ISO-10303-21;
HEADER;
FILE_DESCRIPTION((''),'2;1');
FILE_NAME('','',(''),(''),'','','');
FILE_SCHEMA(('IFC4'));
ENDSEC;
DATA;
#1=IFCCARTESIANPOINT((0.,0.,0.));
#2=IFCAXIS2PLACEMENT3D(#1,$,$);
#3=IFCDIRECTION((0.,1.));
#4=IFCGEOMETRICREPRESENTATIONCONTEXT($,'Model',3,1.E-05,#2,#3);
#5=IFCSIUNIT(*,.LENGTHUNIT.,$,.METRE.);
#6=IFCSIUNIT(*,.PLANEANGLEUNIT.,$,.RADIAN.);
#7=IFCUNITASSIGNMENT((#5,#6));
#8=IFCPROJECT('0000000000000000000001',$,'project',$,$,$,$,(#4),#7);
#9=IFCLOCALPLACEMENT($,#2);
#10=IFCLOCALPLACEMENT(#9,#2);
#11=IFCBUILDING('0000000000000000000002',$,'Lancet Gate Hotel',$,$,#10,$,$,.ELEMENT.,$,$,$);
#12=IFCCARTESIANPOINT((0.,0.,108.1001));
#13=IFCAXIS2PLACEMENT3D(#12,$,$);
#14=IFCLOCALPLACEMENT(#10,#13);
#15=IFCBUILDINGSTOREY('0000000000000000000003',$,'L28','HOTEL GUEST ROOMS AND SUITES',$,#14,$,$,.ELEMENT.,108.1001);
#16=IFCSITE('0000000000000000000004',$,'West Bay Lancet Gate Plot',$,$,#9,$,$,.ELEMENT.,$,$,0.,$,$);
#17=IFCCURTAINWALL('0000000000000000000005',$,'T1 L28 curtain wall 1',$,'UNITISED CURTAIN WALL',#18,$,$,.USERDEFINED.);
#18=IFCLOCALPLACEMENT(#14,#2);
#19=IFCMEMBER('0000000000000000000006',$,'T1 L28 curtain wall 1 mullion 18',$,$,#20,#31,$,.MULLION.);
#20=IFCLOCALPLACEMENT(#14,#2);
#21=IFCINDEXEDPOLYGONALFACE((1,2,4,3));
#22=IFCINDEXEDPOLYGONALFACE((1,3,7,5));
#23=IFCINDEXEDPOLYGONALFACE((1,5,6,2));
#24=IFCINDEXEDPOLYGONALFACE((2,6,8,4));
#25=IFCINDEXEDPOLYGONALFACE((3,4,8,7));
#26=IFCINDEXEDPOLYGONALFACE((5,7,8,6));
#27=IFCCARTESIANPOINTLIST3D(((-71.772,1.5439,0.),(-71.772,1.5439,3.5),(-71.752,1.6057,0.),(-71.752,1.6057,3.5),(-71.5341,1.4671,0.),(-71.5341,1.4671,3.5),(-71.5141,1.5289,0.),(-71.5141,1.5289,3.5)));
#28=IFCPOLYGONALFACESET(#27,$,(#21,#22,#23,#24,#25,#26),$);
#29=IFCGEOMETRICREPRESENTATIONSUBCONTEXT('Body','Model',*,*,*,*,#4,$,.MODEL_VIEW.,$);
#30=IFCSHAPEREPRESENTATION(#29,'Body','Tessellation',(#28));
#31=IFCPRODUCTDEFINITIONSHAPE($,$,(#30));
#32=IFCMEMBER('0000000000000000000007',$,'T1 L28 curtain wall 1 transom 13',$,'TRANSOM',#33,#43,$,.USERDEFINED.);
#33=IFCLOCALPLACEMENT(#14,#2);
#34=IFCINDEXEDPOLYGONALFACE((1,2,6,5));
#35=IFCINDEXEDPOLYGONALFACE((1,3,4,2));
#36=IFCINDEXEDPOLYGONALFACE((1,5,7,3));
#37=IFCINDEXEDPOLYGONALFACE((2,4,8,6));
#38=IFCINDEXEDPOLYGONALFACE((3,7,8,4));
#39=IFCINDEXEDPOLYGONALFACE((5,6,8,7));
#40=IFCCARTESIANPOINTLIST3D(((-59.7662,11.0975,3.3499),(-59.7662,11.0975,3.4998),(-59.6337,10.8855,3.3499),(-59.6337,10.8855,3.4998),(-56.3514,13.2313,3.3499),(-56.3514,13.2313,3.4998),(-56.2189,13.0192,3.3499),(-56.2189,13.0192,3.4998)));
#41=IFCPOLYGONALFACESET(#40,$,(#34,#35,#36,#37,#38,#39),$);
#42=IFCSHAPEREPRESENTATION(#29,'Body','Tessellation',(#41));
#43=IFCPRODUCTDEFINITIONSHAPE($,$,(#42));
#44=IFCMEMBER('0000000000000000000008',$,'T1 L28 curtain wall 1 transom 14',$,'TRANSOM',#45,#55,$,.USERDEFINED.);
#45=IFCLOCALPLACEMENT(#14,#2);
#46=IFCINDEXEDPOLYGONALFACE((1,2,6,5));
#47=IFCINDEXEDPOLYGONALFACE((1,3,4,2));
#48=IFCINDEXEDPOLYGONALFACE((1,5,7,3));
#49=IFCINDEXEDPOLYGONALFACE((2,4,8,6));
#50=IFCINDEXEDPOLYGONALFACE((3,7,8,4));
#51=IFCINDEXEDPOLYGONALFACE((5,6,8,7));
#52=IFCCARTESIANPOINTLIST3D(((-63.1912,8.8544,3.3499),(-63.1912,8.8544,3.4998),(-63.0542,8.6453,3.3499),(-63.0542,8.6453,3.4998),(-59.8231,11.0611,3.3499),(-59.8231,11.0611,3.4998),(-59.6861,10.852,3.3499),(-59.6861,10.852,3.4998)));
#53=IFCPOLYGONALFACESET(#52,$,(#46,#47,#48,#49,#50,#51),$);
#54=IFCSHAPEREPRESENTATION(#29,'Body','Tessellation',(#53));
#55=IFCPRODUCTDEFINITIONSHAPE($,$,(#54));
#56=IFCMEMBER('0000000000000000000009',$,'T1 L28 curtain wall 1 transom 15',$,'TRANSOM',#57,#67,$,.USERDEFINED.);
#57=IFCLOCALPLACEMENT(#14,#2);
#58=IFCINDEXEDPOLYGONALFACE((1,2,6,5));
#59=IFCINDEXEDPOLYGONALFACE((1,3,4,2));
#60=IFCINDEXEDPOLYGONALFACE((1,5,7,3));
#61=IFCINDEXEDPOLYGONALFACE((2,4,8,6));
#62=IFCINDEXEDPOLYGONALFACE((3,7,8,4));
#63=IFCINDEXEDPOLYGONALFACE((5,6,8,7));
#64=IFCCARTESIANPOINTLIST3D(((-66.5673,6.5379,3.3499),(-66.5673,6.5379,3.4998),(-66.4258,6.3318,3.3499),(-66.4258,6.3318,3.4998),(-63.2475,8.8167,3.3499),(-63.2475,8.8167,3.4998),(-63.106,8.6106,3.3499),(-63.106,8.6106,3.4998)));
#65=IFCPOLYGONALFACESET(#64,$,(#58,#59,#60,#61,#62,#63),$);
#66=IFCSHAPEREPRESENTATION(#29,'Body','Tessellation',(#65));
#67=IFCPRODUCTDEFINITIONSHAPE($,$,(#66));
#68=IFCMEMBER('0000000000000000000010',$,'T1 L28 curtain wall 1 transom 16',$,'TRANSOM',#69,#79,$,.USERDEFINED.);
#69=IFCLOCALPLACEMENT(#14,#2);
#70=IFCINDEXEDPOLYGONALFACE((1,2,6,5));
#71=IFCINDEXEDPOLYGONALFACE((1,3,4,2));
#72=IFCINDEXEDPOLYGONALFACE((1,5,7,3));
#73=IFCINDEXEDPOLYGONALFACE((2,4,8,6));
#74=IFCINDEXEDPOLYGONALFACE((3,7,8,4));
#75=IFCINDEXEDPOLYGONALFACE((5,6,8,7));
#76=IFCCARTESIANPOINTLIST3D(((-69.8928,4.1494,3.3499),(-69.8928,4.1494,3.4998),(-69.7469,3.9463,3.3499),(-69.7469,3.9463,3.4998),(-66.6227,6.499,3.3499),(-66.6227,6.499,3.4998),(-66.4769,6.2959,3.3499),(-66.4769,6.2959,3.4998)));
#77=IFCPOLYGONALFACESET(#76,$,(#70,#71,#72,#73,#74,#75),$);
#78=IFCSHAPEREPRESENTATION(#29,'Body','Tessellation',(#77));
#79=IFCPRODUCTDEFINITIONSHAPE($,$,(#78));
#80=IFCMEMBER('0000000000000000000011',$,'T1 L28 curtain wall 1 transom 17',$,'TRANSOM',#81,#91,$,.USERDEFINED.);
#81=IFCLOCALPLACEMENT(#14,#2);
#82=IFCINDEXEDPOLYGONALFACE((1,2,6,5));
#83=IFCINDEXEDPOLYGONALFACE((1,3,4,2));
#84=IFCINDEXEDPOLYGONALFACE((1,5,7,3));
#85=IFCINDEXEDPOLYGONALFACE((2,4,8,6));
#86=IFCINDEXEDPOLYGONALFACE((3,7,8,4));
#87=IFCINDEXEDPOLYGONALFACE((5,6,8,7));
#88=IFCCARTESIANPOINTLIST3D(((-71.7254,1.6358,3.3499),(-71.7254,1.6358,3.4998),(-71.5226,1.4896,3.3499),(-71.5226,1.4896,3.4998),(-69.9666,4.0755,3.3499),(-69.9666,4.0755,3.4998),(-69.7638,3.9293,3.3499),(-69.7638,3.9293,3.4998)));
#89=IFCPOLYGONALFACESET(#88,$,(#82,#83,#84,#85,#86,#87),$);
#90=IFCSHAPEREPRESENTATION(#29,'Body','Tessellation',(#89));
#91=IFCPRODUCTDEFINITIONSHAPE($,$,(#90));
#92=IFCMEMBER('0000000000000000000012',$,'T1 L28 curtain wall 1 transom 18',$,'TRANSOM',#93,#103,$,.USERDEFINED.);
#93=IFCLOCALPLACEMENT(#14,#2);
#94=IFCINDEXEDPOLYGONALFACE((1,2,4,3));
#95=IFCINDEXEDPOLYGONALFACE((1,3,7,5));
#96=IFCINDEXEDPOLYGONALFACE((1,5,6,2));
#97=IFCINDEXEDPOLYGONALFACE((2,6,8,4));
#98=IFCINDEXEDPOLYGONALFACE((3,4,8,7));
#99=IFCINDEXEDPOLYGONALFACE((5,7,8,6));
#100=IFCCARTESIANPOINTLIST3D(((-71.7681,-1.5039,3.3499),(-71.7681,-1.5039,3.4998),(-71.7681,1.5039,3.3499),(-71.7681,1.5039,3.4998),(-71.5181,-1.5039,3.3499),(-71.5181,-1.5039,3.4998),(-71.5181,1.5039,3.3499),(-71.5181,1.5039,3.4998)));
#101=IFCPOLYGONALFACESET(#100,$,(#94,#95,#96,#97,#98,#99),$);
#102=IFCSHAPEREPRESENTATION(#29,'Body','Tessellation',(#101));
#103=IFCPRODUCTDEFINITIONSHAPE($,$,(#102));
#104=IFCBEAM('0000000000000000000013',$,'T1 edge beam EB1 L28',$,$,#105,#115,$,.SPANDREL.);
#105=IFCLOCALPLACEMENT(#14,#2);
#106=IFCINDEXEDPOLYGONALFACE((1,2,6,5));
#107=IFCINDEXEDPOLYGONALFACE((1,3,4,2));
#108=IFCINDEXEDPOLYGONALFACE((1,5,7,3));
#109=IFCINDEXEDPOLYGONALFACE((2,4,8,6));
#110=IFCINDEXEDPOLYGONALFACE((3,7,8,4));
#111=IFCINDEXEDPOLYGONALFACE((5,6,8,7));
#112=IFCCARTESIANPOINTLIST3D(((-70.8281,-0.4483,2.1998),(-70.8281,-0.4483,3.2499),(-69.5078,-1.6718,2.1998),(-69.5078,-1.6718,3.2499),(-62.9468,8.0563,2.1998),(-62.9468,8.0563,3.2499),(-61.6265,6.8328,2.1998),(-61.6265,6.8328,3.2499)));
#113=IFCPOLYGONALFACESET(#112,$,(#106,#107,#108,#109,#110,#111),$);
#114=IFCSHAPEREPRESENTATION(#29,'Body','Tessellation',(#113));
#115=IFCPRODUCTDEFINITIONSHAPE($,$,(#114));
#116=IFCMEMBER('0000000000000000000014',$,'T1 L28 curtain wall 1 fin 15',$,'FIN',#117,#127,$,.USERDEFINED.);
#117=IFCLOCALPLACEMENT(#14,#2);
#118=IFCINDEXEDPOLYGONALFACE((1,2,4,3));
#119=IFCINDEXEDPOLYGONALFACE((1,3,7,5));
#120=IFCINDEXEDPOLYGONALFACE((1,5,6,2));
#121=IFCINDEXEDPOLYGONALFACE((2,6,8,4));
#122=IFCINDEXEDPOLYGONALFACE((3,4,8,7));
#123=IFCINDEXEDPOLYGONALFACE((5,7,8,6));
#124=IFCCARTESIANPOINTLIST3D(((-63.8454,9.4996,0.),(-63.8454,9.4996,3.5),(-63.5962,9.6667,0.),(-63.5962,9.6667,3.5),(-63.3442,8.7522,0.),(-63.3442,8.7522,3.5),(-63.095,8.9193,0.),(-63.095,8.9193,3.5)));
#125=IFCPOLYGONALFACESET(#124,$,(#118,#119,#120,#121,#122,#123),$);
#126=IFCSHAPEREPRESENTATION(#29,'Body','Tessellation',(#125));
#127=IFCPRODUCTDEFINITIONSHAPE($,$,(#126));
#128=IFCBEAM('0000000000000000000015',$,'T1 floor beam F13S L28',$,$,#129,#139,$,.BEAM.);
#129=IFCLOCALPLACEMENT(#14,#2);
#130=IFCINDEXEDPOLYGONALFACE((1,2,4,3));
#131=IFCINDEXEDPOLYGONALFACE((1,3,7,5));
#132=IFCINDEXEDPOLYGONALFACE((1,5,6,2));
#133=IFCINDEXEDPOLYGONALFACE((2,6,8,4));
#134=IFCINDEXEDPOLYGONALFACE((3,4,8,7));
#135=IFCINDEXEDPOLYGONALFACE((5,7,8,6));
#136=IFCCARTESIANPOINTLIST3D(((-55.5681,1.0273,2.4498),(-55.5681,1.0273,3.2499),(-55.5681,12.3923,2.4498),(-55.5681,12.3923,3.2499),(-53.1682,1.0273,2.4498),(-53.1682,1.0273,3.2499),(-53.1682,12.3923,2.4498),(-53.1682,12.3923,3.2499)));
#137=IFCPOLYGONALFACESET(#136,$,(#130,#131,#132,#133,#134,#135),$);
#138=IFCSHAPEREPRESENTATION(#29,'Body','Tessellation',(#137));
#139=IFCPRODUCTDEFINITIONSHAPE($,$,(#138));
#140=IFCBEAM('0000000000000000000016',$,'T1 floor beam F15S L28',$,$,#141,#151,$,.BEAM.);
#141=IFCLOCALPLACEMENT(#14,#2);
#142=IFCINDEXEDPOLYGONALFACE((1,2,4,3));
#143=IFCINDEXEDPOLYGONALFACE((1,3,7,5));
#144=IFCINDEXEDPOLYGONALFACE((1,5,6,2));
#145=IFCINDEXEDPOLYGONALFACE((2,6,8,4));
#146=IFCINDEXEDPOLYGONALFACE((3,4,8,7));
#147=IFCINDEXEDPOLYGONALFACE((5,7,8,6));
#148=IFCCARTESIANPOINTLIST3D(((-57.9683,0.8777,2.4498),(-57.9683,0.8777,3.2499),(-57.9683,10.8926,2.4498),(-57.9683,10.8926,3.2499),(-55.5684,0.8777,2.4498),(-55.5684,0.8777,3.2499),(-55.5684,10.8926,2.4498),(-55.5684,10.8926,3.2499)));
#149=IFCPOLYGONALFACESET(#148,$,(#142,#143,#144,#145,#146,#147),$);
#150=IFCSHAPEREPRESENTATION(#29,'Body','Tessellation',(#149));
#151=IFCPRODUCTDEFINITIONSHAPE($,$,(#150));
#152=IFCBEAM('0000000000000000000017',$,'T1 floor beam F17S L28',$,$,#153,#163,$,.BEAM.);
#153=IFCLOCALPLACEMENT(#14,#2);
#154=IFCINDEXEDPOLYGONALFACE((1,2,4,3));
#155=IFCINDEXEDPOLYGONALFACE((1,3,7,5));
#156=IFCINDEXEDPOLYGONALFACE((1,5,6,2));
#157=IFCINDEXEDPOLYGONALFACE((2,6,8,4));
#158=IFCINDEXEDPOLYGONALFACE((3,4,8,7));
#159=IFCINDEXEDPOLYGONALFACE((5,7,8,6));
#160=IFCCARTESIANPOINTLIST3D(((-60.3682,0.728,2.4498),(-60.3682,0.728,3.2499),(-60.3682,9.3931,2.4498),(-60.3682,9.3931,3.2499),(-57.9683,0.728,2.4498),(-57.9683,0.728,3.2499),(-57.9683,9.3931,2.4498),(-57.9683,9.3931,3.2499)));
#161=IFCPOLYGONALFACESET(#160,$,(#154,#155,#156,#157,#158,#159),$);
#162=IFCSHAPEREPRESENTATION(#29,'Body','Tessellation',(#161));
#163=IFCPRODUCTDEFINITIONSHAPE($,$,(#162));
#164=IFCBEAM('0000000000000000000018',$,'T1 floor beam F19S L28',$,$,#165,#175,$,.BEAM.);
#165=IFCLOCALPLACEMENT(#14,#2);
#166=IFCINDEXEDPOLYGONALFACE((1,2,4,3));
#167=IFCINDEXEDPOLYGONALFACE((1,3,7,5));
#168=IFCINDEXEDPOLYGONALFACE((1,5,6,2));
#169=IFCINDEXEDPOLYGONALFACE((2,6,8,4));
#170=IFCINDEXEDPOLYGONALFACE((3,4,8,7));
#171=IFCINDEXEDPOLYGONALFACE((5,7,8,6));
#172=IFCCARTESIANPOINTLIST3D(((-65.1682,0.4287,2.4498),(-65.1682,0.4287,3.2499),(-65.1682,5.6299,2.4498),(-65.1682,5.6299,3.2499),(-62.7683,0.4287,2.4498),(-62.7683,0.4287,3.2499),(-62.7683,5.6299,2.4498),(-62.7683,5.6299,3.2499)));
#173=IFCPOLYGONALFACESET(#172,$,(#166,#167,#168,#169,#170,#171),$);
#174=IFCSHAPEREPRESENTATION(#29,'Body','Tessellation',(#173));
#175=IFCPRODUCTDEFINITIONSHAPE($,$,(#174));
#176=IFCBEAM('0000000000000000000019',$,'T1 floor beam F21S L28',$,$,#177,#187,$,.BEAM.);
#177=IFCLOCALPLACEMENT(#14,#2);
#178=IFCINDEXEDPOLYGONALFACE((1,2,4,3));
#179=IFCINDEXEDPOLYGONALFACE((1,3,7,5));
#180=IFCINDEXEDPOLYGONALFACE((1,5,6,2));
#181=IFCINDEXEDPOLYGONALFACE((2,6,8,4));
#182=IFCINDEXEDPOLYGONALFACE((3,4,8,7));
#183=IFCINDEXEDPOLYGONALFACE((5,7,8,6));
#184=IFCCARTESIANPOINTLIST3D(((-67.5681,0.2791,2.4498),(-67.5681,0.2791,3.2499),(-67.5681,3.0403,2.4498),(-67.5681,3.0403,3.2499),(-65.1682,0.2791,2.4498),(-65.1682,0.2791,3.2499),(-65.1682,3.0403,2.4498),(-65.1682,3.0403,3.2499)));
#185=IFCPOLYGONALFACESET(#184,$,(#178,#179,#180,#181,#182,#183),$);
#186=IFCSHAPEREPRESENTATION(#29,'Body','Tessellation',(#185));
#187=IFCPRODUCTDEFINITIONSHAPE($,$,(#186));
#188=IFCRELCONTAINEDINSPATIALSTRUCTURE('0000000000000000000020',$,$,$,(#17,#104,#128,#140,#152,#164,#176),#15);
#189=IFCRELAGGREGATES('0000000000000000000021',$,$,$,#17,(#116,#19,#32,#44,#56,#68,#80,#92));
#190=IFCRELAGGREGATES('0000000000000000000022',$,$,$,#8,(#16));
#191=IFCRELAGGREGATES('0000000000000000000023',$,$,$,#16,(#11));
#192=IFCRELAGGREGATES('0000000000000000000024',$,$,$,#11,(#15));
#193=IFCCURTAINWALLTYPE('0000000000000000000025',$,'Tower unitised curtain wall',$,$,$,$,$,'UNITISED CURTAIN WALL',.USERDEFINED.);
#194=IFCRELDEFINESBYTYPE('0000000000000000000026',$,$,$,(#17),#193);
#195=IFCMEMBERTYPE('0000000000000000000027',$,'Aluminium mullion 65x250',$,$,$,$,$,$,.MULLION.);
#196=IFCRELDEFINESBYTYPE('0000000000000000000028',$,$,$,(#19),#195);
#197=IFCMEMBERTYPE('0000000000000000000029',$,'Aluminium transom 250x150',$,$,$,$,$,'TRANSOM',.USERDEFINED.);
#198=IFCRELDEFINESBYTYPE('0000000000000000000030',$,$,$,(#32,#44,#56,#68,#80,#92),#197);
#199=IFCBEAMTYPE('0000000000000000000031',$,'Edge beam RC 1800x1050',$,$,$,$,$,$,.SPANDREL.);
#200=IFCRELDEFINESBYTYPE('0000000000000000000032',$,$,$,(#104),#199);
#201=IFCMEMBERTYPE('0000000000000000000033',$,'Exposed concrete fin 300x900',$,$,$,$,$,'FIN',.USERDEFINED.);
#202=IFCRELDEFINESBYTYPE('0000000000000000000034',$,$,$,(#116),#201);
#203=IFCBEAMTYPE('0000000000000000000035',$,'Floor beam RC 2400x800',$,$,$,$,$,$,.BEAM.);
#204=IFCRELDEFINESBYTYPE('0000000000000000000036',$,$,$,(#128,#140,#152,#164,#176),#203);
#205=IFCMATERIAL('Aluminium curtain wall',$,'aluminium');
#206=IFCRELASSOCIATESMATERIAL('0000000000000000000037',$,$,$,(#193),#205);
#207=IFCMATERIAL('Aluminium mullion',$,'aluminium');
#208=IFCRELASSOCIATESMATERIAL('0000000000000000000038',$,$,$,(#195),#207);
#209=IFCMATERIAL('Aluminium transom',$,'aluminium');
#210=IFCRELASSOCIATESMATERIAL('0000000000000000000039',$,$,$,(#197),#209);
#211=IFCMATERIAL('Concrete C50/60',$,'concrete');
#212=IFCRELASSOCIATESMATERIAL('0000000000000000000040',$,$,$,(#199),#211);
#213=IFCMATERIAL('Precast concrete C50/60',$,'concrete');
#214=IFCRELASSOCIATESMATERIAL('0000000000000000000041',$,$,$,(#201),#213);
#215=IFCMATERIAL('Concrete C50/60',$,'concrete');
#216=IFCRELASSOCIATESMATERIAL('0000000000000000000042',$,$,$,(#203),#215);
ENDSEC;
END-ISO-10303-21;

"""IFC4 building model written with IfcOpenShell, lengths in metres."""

from ifc_helpers import new_model, si_unit, direction, frame, origin, origin_2d, place, context, subcontext, project, spatial, rectangle, extrude, material, material_profile, profile_set, type_object, element, aggregate, save


model = new_model("IFC4")

# Units and contexts
model_context = context("Model", 3, precision=1e-05, world=origin(), true_north=direction((0.0, 1.0)))
body_context = subcontext(model_context, "Body", "Model", "MODEL_VIEW")
ifc_project = project(units=[si_unit("LENGTHUNIT", "METRE"), si_unit("PLANEANGLEUNIT", "RADIAN")], contexts=[model_context])

# Site, building, storey
site_placement = place(None, origin())
site = spatial("IfcSite", under=ifc_project, at=site_placement, Name="West Bay Lancet Gate Plot", CompositionType="ELEMENT", RefElevation=0.0)
building_placement = place(site_placement, origin())
building = spatial("IfcBuilding", under=site, at=building_placement, Name="Lancet Gate Hotel", CompositionType="ELEMENT")
storey_placement = place(building_placement, frame((0.0, 0.0, 108.1001)))
storey = spatial("IfcBuildingStorey", under=building, at=storey_placement, Name="L28", Description="HOTEL GUEST ROOMS AND SUITES", CompositionType="ELEMENT", Elevation=108.1001)

# Curtain wall, members
ifc_material_1 = material(Name="Aluminium curtain wall", Category="aluminium")
curtain_wall_type = type_object("IfcCurtainWallType", Name="Tower unitised curtain wall", ElementType="UNITISED CURTAIN WALL", PredefinedType="USERDEFINED", material=ifc_material_1)
curtain_wall_placement = place(storey_placement, origin())
curtain_wall = element("IfcCurtainWall", 1, at=curtain_wall_placement, inside=storey, type_object=curtain_wall_type, Name="T1 L28 curtain wall 1", ObjectType="UNITISED CURTAIN WALL", PredefinedType="USERDEFINED")
ifc_material_2 = material(Name="Aluminium mullion", Category="aluminium")
ifc_material_profile_1 = material_profile(ifc_material_2, rectangle(XDim=0.0649, YDim=0.25, at=origin_2d()), Name="MULLION 65x250")
ifc_profile_set_1 = profile_set([ifc_material_profile_1], Name="Aluminium mullion")
member_type_1 = type_object("IfcMemberType", Name="Aluminium mullion 65x250", PredefinedType="MULLION", material=ifc_profile_set_1)
member_1_placement = place(storey_placement, frame((-71.6431, 1.5364, 0.0), z_axis=(0.0, 0.0, 1.0), x_axis=(-0.307269, -0.951623, 0.0)))
member_1 = element("IfcMember", 2, at=member_1_placement, type_object=member_type_1, Name="T1 L28 curtain wall 1 mullion 18", PredefinedType="MULLION", context=body_context, shape_type="SweptSolid", body=[
    extrude(rectangle(XDim=0.0649, YDim=0.25, at=origin_2d()), origin(), (0.0, 0.0, 1.0), 3.5),
])
ifc_material_3 = material(Name="Aluminium transom", Category="aluminium")
ifc_material_profile_2 = material_profile(ifc_material_3, rectangle(XDim=0.25, YDim=0.1499, at=origin_2d()), Name="TRANSOM 250x150")
ifc_profile_set_2 = profile_set([ifc_material_profile_2], Name="Aluminium transom")
member_type_2 = type_object("IfcMemberType", Name="Aluminium transom 250x150", ElementType="TRANSOM", PredefinedType="USERDEFINED", material=ifc_profile_set_2)
member_2_placement = place(storey_placement, frame((-56.2852, 13.1252, 3.4248), z_axis=(-0.848049, -0.529917, 0.0), x_axis=(0.529917, -0.848049, 0.0)))
member_2 = element("IfcMember", 3, at=member_2_placement, type_object=member_type_2, Name="T1 L28 curtain wall 1 transom 13", ObjectType="TRANSOM", PredefinedType="USERDEFINED", context=body_context, shape_type="SweptSolid", body=[
    extrude(rectangle(XDim=0.25, YDim=0.1499, at=origin_2d()), origin(), (0.0, 0.0, 1.0), 4.0266),
])
member_3_placement = place(storey_placement, frame((-59.7546, 10.9565, 3.4248), z_axis=(-0.836454, -0.548036, 0.0), x_axis=(0.548036, -0.836454, 0.0)))
member_3 = element("IfcMember", 4, at=member_3_placement, type_object=member_type_2, Name="T1 L28 curtain wall 1 transom 14", ObjectType="TRANSOM", PredefinedType="USERDEFINED", context=body_context, shape_type="SweptSolid", body=[
    extrude(rectangle(XDim=0.25, YDim=0.1499, at=origin_2d()), origin(), (0.0, 0.0, 1.0), 4.0266),
])
member_4_placement = place(storey_placement, frame((-63.1768, 8.7136, 3.4248), z_axis=(-0.824456, -0.565927, 0.0), x_axis=(0.565927, -0.824456, 0.0)))
member_4 = element("IfcMember", 5, at=member_4_placement, type_object=member_type_2, Name="T1 L28 curtain wall 1 transom 15", ObjectType="TRANSOM", PredefinedType="USERDEFINED", context=body_context, shape_type="SweptSolid", body=[
    extrude(rectangle(XDim=0.25, YDim=0.1499, at=origin_2d()), origin(), (0.0, 0.0, 1.0), 4.0266),
])
member_5_placement = place(storey_placement, frame((-66.5498, 6.3975, 3.4248), z_axis=(-0.8121, -0.583519, 0.0), x_axis=(0.583519, -0.8121, 0.0)))
member_5 = element("IfcMember", 6, at=member_5_placement, type_object=member_type_2, Name="T1 L28 curtain wall 1 transom 16", ObjectType="TRANSOM", PredefinedType="USERDEFINED", context=body_context, shape_type="SweptSolid", body=[
    extrude(rectangle(XDim=0.25, YDim=0.1499, at=origin_2d()), origin(), (0.0, 0.0, 1.0), 4.0266),
])
member_6_placement = place(storey_placement, frame((-69.8652, 4.0024, 3.4248), z_axis=(-0.584788, -0.811186, 0.0), x_axis=(0.811186, -0.584788, 0.0)))
member_6 = element("IfcMember", 7, at=member_6_placement, type_object=member_type_2, Name="T1 L28 curtain wall 1 transom 17", ObjectType="TRANSOM", PredefinedType="USERDEFINED", context=body_context, shape_type="SweptSolid", body=[
    extrude(rectangle(XDim=0.25, YDim=0.1499, at=origin_2d()), origin(), (0.0, 0.0, 1.0), 3.0076),
])
member_7_placement = place(storey_placement, frame((-71.6431, 1.5039, 3.4248), z_axis=(0.0, -1.0, 0.0), x_axis=(1.0, 0.0, 0.0)))
member_7 = element("IfcMember", 8, at=member_7_placement, type_object=member_type_2, Name="T1 L28 curtain wall 1 transom 18", ObjectType="TRANSOM", PredefinedType="USERDEFINED", context=body_context, shape_type="SweptSolid", body=[
    extrude(rectangle(XDim=0.25, YDim=0.1499, at=origin_2d()), origin(), (0.0, 0.0, 1.0), 3.0078),
])

# Beam
ifc_material_4 = material(Name="Concrete C50/60", Category="concrete")
ifc_material_profile_3 = material_profile(ifc_material_4, rectangle(XDim=1.8, YDim=1.05, at=origin_2d()), Name="RC 1800x1050")
ifc_profile_set_3 = profile_set([ifc_material_profile_3], Name="Concrete C50/60")
beam_type_1 = type_object("IfcBeamType", Name="Edge beam RC 1800x1050", PredefinedType="SPANDREL", material=ifc_profile_set_3)
beam_1_placement = place(storey_placement, frame((-62.2866, 7.4446, 2.7249), z_axis=(-0.679718, -0.733473, 0.0), x_axis=(0.733473, -0.679718, 0.0)))
element("IfcBeam", 9, at=beam_1_placement, inside=storey, type_object=beam_type_1, Name="T1 edge beam EB1 L28", PredefinedType="SPANDREL", context=body_context, shape_type="SweptSolid", body=[
    extrude(rectangle(XDim=1.8, YDim=1.05, at=origin_2d()), origin(), (0.0, 0.0, 1.0), 11.595),
])

# Member
ifc_material_5 = material(Name="Precast concrete C50/60", Category="concrete")
ifc_material_profile_4 = material_profile(ifc_material_5, rectangle(XDim=0.3, YDim=0.8999, at=origin_2d()), Name="FIN 300x900")
ifc_profile_set_4 = profile_set([ifc_material_profile_4], Name="Precast concrete C50/60")
member_type_3 = type_object("IfcMemberType", Name="Exposed concrete fin 300x900", ElementType="FIN", PredefinedType="USERDEFINED", material=ifc_profile_set_4)
member_8_placement = place(storey_placement, frame((-63.4702, 9.2095, 0.0), z_axis=(0.0, 0.0, 1.0), x_axis=(-0.83051, -0.557004, 0.0)))
member_8 = element("IfcMember", 10, at=member_8_placement, type_object=member_type_3, Name="T1 L28 curtain wall 1 fin 15", ObjectType="FIN", PredefinedType="USERDEFINED", context=body_context, shape_type="SweptSolid", body=[
    extrude(rectangle(XDim=0.3, YDim=0.8999, at=origin_2d()), origin(), (0.0, 0.0, 1.0), 3.5),
])

# Beams
ifc_material_6 = material(Name="Concrete C50/60", Category="concrete")
ifc_material_profile_5 = material_profile(ifc_material_6, rectangle(XDim=2.3999, YDim=0.8, at=origin_2d()), Name="RC 2400x800")
ifc_profile_set_5 = profile_set([ifc_material_profile_5], Name="Concrete C50/60")
beam_type_2 = type_object("IfcBeamType", Name="Floor beam RC 2400x800", PredefinedType="BEAM", material=ifc_profile_set_5)
beam_2_placement = place(storey_placement, frame((-54.3682, 12.3923, 2.8499), z_axis=(0.0, -1.0, 0.0), x_axis=(1.0, 0.0, 0.0)))
element("IfcBeam", 11, at=beam_2_placement, inside=storey, type_object=beam_type_2, Name="T1 floor beam F13S L28", PredefinedType="BEAM", context=body_context, shape_type="SweptSolid", body=[
    extrude(rectangle(XDim=2.3999, YDim=0.8, at=origin_2d()), origin(), (0.0, 0.0, 1.0), 11.365),
])
beam_3_placement = place(storey_placement, frame((-56.7683, 10.8926, 2.8499), z_axis=(0.0, -1.0, 0.0), x_axis=(1.0, 0.0, 0.0)))
element("IfcBeam", 12, at=beam_3_placement, inside=storey, type_object=beam_type_2, Name="T1 floor beam F15S L28", PredefinedType="BEAM", context=body_context, shape_type="SweptSolid", body=[
    extrude(rectangle(XDim=2.3999, YDim=0.8, at=origin_2d()), origin(), (0.0, 0.0, 1.0), 10.0149),
])
beam_4_placement = place(storey_placement, frame((-59.1682, 9.3931, 2.8499), z_axis=(0.0, -1.0, 0.0), x_axis=(1.0, 0.0, 0.0)))
element("IfcBeam", 13, at=beam_4_placement, inside=storey, type_object=beam_type_2, Name="T1 floor beam F17S L28", PredefinedType="BEAM", context=body_context, shape_type="SweptSolid", body=[
    extrude(rectangle(XDim=2.3999, YDim=0.8, at=origin_2d()), origin(), (0.0, 0.0, 1.0), 8.665),
])
beam_5_placement = place(storey_placement, frame((-63.9683, 5.6299, 2.8499), z_axis=(0.0, -1.0, 0.0), x_axis=(1.0, 0.0, 0.0)))
element("IfcBeam", 14, at=beam_5_placement, inside=storey, type_object=beam_type_2, Name="T1 floor beam F19S L28", PredefinedType="BEAM", context=body_context, shape_type="SweptSolid", body=[
    extrude(rectangle(XDim=2.3999, YDim=0.8, at=origin_2d()), origin(), (0.0, 0.0, 1.0), 5.2012),
])
beam_6_placement = place(storey_placement, frame((-66.3682, 3.0403, 2.8499), z_axis=(0.0, -1.0, 0.0), x_axis=(1.0, 0.0, 0.0)))
element("IfcBeam", 15, at=beam_6_placement, inside=storey, type_object=beam_type_2, Name="T1 floor beam F21S L28", PredefinedType="BEAM", context=body_context, shape_type="SweptSolid", body=[
    extrude(rectangle(XDim=2.3999, YDim=0.8, at=origin_2d()), origin(), (0.0, 0.0, 1.0), 2.7612),
])

aggregate(curtain_wall, [member_8, member_1, member_2, member_3, member_4, member_5, member_6, member_7])

save(model, "model.ifc")
